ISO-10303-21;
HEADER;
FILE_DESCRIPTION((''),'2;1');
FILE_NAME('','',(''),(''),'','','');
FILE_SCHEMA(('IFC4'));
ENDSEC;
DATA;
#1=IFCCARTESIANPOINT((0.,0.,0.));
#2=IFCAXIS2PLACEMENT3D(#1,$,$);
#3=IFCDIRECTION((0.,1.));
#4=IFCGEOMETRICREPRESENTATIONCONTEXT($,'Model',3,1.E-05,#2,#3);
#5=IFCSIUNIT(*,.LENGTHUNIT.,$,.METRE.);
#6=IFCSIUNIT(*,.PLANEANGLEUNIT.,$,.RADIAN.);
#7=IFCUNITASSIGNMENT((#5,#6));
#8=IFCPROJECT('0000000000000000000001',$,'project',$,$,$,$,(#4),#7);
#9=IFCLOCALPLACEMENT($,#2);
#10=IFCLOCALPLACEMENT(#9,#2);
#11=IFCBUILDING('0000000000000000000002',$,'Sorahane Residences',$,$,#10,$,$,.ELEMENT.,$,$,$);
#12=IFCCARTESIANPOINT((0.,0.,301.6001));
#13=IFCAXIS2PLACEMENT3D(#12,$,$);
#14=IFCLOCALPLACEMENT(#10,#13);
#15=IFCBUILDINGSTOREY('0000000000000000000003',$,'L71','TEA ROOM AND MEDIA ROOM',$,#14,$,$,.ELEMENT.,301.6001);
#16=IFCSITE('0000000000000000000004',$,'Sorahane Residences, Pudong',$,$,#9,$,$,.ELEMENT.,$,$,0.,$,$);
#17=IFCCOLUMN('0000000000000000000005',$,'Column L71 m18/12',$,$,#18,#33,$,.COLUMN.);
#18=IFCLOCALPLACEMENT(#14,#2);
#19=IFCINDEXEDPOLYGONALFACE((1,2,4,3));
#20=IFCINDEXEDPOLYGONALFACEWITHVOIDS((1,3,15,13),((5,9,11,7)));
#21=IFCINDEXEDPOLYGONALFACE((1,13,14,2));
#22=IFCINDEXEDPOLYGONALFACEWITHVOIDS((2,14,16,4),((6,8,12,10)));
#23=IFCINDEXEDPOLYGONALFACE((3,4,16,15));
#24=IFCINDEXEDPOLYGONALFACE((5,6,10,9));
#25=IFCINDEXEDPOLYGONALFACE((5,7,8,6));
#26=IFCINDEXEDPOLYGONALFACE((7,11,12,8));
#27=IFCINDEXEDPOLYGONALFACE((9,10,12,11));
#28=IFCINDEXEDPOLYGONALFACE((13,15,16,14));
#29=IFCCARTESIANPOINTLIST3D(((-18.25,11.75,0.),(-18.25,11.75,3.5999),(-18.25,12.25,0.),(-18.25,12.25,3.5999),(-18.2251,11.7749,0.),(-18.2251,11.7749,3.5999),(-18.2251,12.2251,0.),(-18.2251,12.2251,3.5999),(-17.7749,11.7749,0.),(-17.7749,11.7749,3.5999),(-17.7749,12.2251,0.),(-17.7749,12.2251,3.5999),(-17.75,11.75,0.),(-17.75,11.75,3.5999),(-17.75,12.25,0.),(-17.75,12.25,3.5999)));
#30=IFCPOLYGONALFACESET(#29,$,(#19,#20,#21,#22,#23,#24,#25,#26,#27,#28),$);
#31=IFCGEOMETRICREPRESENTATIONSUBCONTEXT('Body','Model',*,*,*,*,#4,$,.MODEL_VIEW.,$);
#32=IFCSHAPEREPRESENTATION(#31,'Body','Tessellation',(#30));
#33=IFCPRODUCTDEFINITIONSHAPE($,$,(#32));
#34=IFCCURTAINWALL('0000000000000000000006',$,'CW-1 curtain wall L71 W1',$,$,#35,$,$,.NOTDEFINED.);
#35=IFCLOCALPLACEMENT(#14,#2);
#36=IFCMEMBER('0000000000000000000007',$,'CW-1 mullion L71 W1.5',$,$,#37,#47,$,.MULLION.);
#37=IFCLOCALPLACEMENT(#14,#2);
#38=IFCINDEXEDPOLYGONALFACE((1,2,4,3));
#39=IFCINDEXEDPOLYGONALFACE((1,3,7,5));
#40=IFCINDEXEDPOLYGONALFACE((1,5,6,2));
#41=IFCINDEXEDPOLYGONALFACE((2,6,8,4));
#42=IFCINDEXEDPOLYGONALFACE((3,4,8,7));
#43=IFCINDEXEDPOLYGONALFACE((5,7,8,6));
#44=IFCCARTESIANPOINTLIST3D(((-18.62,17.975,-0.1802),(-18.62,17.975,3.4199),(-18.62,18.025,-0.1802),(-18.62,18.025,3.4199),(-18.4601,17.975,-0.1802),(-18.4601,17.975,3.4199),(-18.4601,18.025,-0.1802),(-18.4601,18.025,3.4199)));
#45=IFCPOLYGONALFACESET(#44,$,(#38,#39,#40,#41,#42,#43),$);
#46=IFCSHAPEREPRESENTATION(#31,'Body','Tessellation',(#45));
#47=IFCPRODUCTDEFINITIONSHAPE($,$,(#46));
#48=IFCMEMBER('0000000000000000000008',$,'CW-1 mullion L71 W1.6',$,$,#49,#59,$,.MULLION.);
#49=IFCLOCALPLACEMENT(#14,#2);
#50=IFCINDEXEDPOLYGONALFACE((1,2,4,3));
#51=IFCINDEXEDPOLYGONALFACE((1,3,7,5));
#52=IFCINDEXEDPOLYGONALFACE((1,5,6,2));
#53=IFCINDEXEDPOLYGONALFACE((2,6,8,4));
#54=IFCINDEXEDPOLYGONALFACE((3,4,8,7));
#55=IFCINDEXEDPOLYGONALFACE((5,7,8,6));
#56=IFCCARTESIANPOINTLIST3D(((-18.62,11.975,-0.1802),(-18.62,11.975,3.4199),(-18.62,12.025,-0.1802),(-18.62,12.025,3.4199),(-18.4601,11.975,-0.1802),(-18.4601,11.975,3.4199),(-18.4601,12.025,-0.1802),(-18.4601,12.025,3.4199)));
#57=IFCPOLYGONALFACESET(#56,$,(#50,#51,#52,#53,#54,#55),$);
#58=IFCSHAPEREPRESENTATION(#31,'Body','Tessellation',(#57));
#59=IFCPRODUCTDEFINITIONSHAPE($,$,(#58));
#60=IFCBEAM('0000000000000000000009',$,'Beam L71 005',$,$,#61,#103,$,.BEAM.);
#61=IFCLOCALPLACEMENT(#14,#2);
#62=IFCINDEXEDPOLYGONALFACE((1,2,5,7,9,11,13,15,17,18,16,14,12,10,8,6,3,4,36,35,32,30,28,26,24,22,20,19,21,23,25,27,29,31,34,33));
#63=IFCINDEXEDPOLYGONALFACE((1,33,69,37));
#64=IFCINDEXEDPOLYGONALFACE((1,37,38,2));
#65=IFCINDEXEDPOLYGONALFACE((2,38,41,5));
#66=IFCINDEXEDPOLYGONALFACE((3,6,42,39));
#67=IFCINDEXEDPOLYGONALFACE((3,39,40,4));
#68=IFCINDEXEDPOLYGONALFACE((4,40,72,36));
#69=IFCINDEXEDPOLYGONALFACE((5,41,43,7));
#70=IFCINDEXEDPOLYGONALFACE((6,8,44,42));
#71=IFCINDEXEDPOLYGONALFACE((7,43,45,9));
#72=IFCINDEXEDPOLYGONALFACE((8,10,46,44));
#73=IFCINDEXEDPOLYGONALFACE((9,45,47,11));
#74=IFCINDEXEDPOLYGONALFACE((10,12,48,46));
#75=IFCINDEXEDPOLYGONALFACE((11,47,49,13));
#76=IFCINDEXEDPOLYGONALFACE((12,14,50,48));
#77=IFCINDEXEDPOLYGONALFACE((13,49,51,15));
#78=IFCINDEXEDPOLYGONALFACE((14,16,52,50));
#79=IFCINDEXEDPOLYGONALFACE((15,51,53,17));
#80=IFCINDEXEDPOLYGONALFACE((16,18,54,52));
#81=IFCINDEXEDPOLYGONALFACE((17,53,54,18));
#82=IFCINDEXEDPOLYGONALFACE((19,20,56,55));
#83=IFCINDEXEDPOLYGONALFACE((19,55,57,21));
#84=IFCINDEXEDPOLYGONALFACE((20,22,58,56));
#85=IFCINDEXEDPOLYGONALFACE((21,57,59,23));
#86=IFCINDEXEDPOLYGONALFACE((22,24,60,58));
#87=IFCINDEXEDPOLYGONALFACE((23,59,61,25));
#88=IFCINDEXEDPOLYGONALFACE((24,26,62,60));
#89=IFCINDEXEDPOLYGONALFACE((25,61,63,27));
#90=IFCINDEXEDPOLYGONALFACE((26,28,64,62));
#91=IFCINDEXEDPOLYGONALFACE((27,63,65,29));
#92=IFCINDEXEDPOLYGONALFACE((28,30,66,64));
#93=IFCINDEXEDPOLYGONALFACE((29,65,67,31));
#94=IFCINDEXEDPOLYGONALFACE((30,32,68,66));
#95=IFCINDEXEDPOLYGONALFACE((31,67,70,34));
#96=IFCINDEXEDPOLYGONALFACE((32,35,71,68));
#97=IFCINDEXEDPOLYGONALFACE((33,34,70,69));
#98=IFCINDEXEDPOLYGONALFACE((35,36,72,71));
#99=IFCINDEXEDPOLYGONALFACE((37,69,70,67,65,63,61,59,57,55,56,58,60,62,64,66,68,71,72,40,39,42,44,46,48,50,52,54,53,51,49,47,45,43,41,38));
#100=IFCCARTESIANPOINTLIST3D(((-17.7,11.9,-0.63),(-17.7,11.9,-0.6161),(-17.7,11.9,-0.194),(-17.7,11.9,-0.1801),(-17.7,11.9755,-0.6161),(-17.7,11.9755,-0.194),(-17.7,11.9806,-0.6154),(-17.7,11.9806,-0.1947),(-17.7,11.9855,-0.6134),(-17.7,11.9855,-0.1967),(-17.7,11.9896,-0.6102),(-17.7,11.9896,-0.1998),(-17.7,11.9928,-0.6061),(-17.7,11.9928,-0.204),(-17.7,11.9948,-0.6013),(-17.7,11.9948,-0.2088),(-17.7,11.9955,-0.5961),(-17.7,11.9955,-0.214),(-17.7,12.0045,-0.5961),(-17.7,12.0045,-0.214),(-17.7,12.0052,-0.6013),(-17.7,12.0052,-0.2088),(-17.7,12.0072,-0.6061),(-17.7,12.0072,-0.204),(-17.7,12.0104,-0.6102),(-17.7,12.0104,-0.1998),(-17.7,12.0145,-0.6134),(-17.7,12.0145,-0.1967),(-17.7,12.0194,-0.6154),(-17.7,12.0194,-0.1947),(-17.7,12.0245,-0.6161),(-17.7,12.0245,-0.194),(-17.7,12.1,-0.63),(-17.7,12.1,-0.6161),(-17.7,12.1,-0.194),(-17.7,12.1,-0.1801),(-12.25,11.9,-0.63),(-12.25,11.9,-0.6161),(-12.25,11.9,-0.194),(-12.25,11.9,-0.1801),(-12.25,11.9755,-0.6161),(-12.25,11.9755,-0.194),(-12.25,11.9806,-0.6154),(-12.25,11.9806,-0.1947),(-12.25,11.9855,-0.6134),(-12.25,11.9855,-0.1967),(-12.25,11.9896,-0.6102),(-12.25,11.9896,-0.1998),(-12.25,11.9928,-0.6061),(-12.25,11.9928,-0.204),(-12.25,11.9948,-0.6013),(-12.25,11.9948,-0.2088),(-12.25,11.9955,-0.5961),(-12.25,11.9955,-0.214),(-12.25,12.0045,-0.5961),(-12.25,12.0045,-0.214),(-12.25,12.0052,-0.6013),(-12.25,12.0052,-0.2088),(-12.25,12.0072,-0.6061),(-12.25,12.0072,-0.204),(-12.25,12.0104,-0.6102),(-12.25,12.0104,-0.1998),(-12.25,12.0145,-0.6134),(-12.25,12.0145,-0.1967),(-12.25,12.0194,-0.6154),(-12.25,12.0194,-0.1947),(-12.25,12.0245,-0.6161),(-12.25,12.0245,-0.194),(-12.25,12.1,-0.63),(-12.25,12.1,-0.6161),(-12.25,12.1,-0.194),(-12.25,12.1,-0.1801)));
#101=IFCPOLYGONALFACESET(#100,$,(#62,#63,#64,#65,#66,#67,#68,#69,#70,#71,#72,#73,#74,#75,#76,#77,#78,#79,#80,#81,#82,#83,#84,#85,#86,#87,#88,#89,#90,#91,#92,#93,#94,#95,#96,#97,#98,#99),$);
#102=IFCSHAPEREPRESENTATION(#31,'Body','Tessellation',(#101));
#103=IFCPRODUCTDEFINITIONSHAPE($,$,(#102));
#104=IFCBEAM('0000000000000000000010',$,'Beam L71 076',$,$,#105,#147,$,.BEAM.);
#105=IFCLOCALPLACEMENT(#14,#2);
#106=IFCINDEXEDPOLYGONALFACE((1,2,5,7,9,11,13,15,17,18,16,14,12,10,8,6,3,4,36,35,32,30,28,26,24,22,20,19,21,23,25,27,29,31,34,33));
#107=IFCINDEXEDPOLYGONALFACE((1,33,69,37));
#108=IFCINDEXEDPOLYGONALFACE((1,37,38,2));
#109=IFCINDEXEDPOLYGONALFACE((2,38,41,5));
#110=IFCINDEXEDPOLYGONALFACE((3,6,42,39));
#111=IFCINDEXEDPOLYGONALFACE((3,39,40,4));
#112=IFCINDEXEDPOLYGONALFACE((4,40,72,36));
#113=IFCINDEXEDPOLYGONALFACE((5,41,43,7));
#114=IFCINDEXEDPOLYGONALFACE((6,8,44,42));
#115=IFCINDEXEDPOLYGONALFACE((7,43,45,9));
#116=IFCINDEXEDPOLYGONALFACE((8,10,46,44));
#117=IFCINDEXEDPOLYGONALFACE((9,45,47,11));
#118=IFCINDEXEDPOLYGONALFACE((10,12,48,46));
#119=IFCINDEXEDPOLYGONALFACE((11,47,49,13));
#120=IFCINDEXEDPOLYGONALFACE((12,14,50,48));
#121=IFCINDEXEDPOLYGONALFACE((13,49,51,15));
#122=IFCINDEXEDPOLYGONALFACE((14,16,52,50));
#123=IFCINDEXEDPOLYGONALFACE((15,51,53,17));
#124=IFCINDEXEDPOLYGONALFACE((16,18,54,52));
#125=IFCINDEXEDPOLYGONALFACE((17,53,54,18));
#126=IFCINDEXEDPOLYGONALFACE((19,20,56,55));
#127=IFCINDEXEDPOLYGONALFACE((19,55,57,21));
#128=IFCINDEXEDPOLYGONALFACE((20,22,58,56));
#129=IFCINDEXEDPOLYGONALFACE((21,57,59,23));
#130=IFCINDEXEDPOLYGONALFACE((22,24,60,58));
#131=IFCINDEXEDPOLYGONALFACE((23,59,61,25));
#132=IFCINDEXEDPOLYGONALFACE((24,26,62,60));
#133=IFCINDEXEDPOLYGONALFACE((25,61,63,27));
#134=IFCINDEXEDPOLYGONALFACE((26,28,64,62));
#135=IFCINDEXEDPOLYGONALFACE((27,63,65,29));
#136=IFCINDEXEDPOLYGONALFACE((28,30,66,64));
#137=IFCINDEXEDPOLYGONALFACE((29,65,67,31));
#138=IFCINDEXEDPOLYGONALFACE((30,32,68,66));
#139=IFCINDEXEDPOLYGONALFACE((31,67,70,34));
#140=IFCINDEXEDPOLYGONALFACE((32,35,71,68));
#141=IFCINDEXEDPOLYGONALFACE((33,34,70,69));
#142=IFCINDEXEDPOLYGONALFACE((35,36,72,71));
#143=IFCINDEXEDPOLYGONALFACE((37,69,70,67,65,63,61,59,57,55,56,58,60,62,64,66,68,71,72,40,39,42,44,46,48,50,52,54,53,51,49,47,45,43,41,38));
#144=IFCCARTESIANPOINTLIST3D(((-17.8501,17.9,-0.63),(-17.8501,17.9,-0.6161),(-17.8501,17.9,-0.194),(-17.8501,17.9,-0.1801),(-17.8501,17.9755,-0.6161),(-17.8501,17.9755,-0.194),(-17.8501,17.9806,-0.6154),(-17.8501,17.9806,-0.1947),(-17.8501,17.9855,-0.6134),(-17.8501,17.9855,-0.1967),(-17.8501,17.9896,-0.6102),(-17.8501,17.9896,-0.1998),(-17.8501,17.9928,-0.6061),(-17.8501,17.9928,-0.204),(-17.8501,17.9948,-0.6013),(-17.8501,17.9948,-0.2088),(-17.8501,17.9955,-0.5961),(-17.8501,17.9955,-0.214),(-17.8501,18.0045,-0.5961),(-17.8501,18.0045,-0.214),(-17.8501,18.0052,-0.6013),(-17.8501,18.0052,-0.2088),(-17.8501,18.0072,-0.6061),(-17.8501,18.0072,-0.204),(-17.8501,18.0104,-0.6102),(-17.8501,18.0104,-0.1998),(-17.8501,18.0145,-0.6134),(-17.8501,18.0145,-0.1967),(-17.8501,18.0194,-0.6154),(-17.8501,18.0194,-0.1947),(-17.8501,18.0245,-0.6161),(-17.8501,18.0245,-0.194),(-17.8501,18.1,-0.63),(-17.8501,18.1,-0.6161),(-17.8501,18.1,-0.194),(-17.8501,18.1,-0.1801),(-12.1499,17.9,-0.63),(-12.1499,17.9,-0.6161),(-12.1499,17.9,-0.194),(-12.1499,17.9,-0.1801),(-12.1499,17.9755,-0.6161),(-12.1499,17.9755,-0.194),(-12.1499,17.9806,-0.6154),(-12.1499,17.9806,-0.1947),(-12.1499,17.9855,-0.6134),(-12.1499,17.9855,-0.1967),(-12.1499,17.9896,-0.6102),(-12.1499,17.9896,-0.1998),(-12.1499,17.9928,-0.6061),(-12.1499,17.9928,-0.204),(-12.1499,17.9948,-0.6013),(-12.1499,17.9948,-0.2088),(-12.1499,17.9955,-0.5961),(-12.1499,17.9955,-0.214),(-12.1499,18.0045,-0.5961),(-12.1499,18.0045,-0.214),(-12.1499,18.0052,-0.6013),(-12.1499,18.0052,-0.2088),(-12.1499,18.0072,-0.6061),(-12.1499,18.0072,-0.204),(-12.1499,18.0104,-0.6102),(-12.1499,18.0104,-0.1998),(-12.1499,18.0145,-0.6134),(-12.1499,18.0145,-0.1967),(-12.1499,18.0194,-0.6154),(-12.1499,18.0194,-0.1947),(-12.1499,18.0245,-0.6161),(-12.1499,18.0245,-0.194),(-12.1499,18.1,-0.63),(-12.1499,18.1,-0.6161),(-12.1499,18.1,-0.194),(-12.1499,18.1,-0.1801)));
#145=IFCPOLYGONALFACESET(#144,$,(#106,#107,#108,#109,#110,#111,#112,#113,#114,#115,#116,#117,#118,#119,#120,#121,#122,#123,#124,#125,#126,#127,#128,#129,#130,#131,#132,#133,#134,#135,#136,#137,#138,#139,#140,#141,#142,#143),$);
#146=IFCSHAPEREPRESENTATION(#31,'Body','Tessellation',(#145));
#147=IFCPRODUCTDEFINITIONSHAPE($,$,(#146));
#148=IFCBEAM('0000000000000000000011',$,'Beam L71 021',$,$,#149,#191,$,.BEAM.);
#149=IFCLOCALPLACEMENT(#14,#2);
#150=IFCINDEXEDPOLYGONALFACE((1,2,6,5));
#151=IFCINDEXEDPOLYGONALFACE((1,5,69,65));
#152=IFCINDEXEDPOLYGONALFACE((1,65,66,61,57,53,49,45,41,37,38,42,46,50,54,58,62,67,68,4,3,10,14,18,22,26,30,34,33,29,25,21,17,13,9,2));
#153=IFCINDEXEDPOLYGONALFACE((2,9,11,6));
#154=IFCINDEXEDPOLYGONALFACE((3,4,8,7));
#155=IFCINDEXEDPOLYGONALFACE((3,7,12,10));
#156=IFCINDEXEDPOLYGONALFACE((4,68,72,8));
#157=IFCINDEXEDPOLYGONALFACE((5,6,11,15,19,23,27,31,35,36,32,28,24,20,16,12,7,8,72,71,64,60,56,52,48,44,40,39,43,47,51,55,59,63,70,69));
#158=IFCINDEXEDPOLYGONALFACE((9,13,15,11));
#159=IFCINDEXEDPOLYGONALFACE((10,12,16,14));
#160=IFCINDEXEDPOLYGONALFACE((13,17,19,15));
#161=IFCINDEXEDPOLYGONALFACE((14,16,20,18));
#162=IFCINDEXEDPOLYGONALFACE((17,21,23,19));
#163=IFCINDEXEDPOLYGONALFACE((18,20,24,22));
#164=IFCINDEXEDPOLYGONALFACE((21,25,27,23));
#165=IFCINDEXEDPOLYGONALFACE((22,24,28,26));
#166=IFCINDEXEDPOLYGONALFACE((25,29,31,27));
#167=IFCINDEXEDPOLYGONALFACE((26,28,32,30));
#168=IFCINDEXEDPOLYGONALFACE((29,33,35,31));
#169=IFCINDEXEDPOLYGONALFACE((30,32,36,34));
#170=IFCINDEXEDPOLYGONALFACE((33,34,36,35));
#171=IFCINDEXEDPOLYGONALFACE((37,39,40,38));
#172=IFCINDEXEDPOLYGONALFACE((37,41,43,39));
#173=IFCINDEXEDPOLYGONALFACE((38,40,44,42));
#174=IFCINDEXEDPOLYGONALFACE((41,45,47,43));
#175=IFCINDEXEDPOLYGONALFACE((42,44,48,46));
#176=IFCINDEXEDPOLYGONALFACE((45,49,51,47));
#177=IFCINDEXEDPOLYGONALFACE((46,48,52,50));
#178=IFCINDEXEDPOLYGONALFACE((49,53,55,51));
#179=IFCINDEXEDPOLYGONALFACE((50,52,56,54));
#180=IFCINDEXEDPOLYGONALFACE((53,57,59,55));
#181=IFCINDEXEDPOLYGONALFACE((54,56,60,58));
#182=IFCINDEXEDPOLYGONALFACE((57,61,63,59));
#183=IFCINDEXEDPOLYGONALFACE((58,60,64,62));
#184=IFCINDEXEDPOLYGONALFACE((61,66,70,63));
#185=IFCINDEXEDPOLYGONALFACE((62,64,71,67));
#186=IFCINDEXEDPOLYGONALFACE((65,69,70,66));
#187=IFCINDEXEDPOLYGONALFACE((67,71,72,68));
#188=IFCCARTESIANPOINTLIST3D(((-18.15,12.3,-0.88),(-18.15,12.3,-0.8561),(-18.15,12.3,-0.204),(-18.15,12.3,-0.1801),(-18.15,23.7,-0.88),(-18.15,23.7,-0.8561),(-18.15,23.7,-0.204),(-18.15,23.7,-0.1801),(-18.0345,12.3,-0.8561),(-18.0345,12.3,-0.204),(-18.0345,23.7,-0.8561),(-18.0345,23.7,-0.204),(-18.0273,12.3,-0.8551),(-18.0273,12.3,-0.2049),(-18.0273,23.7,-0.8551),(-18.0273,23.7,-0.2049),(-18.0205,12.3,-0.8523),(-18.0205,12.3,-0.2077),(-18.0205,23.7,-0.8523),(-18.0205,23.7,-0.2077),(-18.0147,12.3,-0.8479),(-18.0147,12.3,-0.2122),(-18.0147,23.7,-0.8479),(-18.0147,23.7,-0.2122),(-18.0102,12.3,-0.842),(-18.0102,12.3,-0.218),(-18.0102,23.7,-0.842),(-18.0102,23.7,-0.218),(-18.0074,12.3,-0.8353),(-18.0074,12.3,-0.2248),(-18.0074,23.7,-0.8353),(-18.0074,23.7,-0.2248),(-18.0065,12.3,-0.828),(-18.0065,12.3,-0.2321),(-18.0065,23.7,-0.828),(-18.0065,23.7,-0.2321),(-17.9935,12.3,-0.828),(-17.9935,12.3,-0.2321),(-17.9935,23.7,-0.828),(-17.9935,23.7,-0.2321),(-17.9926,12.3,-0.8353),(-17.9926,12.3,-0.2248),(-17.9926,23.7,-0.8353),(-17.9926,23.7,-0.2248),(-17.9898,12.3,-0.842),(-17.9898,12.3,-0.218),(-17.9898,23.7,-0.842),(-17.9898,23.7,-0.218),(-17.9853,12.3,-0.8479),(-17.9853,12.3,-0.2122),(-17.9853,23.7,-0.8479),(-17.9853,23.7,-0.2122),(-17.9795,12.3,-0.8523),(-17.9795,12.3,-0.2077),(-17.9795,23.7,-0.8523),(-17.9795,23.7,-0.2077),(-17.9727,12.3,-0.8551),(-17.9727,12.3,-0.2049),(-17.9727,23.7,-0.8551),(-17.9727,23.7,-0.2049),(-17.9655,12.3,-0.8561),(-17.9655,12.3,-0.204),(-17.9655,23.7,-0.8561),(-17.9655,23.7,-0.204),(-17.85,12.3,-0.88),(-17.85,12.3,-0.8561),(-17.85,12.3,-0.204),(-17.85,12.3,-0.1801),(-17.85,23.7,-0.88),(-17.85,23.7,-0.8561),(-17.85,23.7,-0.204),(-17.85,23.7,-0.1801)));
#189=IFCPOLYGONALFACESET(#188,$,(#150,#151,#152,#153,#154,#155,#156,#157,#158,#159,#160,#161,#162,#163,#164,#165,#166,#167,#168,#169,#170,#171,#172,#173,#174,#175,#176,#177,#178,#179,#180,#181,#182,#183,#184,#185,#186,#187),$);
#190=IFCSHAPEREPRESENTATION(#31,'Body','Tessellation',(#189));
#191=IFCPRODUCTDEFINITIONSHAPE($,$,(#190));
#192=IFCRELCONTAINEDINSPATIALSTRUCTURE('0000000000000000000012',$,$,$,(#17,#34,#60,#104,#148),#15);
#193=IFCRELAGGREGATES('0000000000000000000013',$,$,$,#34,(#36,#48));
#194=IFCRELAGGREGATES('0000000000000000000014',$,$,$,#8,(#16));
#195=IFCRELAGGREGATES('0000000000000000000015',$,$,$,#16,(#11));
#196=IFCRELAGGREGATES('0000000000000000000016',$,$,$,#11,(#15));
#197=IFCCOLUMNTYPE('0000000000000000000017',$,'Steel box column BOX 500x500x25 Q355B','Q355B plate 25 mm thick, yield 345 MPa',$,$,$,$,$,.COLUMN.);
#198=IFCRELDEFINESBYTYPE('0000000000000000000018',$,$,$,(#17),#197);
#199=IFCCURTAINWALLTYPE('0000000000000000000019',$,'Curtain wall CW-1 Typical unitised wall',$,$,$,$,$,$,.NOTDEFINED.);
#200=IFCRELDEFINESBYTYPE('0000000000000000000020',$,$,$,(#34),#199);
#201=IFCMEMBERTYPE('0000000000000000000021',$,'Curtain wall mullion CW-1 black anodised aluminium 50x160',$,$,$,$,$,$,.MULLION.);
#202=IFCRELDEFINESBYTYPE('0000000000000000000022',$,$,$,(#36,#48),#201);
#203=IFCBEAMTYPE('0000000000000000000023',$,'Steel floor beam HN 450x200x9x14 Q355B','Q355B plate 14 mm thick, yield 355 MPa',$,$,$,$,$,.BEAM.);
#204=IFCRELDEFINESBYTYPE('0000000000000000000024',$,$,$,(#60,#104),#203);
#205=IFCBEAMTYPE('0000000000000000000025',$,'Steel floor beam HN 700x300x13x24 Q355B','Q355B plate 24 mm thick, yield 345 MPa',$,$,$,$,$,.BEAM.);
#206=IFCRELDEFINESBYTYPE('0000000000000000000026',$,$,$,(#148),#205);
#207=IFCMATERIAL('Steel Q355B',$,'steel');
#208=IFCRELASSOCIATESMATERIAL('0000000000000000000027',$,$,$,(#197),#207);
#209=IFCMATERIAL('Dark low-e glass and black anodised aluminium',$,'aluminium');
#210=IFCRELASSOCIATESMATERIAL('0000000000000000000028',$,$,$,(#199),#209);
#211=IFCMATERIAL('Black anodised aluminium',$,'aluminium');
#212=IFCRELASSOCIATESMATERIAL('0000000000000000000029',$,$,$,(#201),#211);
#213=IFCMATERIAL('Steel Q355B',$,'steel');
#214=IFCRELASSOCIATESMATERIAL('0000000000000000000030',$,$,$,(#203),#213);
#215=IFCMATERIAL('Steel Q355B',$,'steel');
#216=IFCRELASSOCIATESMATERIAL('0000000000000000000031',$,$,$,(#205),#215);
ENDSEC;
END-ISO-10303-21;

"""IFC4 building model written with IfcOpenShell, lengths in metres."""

from ifc_helpers import new_model, si_unit, direction, frame, origin, origin_2d, place, context, subcontext, project, spatial, rectangle, hollow_rectangle, i_section, extrude, material, material_profile, profile_set, type_object, element, aggregate, save


model = new_model("IFC4")

# Units and contexts
model_context = context("Model", 3, precision=1e-05, world=origin(), true_north=direction((0.0, 1.0)))
body_context = subcontext(model_context, "Body", "Model", "MODEL_VIEW")
ifc_project = project(units=[si_unit("LENGTHUNIT", "METRE"), si_unit("PLANEANGLEUNIT", "RADIAN")], contexts=[model_context])

# Site, building, storey
site_placement = place(None, origin())
site = spatial("IfcSite", under=ifc_project, at=site_placement, Name="Sorahane Residences, Pudong", CompositionType="ELEMENT", RefElevation=0.0)
building_placement = place(site_placement, origin())
building = spatial("IfcBuilding", under=site, at=building_placement, Name="Sorahane Residences", CompositionType="ELEMENT")
storey_placement = place(building_placement, frame((0.0, 0.0, 301.6001)))
storey = spatial("IfcBuildingStorey", under=building, at=storey_placement, Name="L71", Description="TEA ROOM AND MEDIA ROOM", CompositionType="ELEMENT", Elevation=301.6001)

# Column
ifc_material_1 = material(Name="Steel Q355B", Category="steel")
ifc_material_profile_1 = material_profile(ifc_material_1, hollow_rectangle(XDim=0.5, YDim=0.5, WallThickness=0.0249, at=origin_2d()), Name="BOX 500x500x25")
ifc_profile_set_1 = profile_set([ifc_material_profile_1], Name="Steel Q355B")
column_type = type_object("IfcColumnType", Name="Steel box column BOX 500x500x25 Q355B", Description="Q355B plate 25 mm thick, yield 345 MPa", PredefinedType="COLUMN", material=ifc_profile_set_1)
column_placement = place(storey_placement, frame((-18.0, 12.0, 0.0), z_axis=(0.0, 0.0, 1.0), x_axis=(1.0, 0.0, 0.0)))
element("IfcColumn", 1, at=column_placement, inside=storey, type_object=column_type, Name="Column L71 m18/12", PredefinedType="COLUMN", context=body_context, shape_type="SweptSolid", body=[
    extrude(hollow_rectangle(XDim=0.5, YDim=0.5, WallThickness=0.0249, at=origin_2d()), origin(), (0.0, 0.0, 1.0), 3.5999),
])

# Curtain wall, members
ifc_material_2 = material(Name="Dark low-e glass and black anodised aluminium", Category="aluminium")
curtain_wall_type = type_object("IfcCurtainWallType", Name="Curtain wall CW-1 Typical unitised wall", PredefinedType="NOTDEFINED", material=ifc_material_2)
curtain_wall_placement = place(storey_placement, origin())
curtain_wall = element("IfcCurtainWall", 2, at=curtain_wall_placement, inside=storey, type_object=curtain_wall_type, Name="CW-1 curtain wall L71 W1", PredefinedType="NOTDEFINED")
ifc_material_3 = material(Name="Black anodised aluminium", Category="aluminium")
ifc_material_profile_2 = material_profile(ifc_material_3, rectangle(XDim=0.1599, YDim=0.05, at=origin_2d()), Name="Curtain wall mullion CW-1 black anodised aluminium 50x160")
ifc_profile_set_2 = profile_set([ifc_material_profile_2], Name="Black anodised aluminium")
member_type = type_object("IfcMemberType", Name="Curtain wall mullion CW-1 black anodised aluminium 50x160", PredefinedType="MULLION", material=ifc_profile_set_2)
member_1_placement = place(storey_placement, frame((-18.54, 18.0, -0.1802), z_axis=(0.0, 0.0, 1.0), x_axis=(-1.0, 0.0, 0.0)))
member_1 = element("IfcMember", 3, at=member_1_placement, type_object=member_type, Name="CW-1 mullion L71 W1.5", PredefinedType="MULLION", context=body_context, shape_type="SweptSolid", body=[
    extrude(rectangle(XDim=0.1599, YDim=0.05, at=origin_2d()), origin(), (0.0, 0.0, 1.0), 3.6001),
])
member_2_placement = place(storey_placement, frame((-18.54, 12.0, -0.1802), z_axis=(0.0, 0.0, 1.0), x_axis=(-1.0, 0.0, 0.0)))
member_2 = element("IfcMember", 4, at=member_2_placement, type_object=member_type, Name="CW-1 mullion L71 W1.6", PredefinedType="MULLION", context=body_context, shape_type="SweptSolid", body=[
    extrude(rectangle(XDim=0.1599, YDim=0.05, at=origin_2d()), origin(), (0.0, 0.0, 1.0), 3.6001),
])

# Beams
ifc_material_4 = material(Name="Steel Q355B", Category="steel")
ifc_material_profile_3 = material_profile(ifc_material_4, i_section(OverallWidth=0.2, OverallDepth=0.45, WebThickness=0.009, FlangeThickness=0.0139, FilletRadius=0.02, at=origin_2d()), Name="HN 450x200x9x14")
ifc_profile_set_3 = profile_set([ifc_material_profile_3], Name="Steel Q355B")
beam_type_1 = type_object("IfcBeamType", Name="Steel floor beam HN 450x200x9x14 Q355B", Description="Q355B plate 14 mm thick, yield 355 MPa", PredefinedType="BEAM", material=ifc_profile_set_3)
beam_1_placement = place(storey_placement, frame((-17.7, 12.0, -0.405), z_axis=(1.0, 0.0, 0.0), x_axis=(0.0, 1.0, 0.0)))
element("IfcBeam", 5, at=beam_1_placement, inside=storey, type_object=beam_type_1, Name="Beam L71 005", PredefinedType="BEAM", context=body_context, shape_type="SweptSolid", body=[
    extrude(i_section(OverallWidth=0.2, OverallDepth=0.45, WebThickness=0.009, FlangeThickness=0.0139, FilletRadius=0.02, at=origin_2d()), origin(), (0.0, 0.0, 1.0), 5.45),
])
beam_2_placement = place(storey_placement, frame((-17.8501, 18.0, -0.405), z_axis=(1.0, 0.0, 0.0), x_axis=(0.0, 1.0, 0.0)))
element("IfcBeam", 6, at=beam_2_placement, inside=storey, type_object=beam_type_1, Name="Beam L71 076", PredefinedType="BEAM", context=body_context, shape_type="SweptSolid", body=[
    extrude(i_section(OverallWidth=0.2, OverallDepth=0.45, WebThickness=0.009, FlangeThickness=0.0139, FilletRadius=0.02, at=origin_2d()), origin(), (0.0, 0.0, 1.0), 5.7002),
])
ifc_material_5 = material(Name="Steel Q355B", Category="steel")
ifc_material_profile_4 = material_profile(ifc_material_5, i_section(OverallWidth=0.3, OverallDepth=0.7, WebThickness=0.0129, FlangeThickness=0.0239, FilletRadius=0.0281, at=origin_2d()), Name="HN 700x300x13x24")
ifc_profile_set_4 = profile_set([ifc_material_profile_4], Name="Steel Q355B")
beam_type_2 = type_object("IfcBeamType", Name="Steel floor beam HN 700x300x13x24 Q355B", Description="Q355B plate 24 mm thick, yield 345 MPa", PredefinedType="BEAM", material=ifc_profile_set_4)
beam_3_placement = place(storey_placement, frame((-18.0, 12.3, -0.53), z_axis=(0.0, 1.0, 0.0), x_axis=(-1.0, 0.0, 0.0)))
element("IfcBeam", 7, at=beam_3_placement, inside=storey, type_object=beam_type_2, Name="Beam L71 021", PredefinedType="BEAM", context=body_context, shape_type="SweptSolid", body=[
    extrude(i_section(OverallWidth=0.3, OverallDepth=0.7, WebThickness=0.0129, FlangeThickness=0.0239, FilletRadius=0.0281, at=origin_2d()), origin(), (0.0, 0.0, 1.0), 11.3999),
])

aggregate(curtain_wall, [member_1, member_2])

save(model, "model.ifc")
